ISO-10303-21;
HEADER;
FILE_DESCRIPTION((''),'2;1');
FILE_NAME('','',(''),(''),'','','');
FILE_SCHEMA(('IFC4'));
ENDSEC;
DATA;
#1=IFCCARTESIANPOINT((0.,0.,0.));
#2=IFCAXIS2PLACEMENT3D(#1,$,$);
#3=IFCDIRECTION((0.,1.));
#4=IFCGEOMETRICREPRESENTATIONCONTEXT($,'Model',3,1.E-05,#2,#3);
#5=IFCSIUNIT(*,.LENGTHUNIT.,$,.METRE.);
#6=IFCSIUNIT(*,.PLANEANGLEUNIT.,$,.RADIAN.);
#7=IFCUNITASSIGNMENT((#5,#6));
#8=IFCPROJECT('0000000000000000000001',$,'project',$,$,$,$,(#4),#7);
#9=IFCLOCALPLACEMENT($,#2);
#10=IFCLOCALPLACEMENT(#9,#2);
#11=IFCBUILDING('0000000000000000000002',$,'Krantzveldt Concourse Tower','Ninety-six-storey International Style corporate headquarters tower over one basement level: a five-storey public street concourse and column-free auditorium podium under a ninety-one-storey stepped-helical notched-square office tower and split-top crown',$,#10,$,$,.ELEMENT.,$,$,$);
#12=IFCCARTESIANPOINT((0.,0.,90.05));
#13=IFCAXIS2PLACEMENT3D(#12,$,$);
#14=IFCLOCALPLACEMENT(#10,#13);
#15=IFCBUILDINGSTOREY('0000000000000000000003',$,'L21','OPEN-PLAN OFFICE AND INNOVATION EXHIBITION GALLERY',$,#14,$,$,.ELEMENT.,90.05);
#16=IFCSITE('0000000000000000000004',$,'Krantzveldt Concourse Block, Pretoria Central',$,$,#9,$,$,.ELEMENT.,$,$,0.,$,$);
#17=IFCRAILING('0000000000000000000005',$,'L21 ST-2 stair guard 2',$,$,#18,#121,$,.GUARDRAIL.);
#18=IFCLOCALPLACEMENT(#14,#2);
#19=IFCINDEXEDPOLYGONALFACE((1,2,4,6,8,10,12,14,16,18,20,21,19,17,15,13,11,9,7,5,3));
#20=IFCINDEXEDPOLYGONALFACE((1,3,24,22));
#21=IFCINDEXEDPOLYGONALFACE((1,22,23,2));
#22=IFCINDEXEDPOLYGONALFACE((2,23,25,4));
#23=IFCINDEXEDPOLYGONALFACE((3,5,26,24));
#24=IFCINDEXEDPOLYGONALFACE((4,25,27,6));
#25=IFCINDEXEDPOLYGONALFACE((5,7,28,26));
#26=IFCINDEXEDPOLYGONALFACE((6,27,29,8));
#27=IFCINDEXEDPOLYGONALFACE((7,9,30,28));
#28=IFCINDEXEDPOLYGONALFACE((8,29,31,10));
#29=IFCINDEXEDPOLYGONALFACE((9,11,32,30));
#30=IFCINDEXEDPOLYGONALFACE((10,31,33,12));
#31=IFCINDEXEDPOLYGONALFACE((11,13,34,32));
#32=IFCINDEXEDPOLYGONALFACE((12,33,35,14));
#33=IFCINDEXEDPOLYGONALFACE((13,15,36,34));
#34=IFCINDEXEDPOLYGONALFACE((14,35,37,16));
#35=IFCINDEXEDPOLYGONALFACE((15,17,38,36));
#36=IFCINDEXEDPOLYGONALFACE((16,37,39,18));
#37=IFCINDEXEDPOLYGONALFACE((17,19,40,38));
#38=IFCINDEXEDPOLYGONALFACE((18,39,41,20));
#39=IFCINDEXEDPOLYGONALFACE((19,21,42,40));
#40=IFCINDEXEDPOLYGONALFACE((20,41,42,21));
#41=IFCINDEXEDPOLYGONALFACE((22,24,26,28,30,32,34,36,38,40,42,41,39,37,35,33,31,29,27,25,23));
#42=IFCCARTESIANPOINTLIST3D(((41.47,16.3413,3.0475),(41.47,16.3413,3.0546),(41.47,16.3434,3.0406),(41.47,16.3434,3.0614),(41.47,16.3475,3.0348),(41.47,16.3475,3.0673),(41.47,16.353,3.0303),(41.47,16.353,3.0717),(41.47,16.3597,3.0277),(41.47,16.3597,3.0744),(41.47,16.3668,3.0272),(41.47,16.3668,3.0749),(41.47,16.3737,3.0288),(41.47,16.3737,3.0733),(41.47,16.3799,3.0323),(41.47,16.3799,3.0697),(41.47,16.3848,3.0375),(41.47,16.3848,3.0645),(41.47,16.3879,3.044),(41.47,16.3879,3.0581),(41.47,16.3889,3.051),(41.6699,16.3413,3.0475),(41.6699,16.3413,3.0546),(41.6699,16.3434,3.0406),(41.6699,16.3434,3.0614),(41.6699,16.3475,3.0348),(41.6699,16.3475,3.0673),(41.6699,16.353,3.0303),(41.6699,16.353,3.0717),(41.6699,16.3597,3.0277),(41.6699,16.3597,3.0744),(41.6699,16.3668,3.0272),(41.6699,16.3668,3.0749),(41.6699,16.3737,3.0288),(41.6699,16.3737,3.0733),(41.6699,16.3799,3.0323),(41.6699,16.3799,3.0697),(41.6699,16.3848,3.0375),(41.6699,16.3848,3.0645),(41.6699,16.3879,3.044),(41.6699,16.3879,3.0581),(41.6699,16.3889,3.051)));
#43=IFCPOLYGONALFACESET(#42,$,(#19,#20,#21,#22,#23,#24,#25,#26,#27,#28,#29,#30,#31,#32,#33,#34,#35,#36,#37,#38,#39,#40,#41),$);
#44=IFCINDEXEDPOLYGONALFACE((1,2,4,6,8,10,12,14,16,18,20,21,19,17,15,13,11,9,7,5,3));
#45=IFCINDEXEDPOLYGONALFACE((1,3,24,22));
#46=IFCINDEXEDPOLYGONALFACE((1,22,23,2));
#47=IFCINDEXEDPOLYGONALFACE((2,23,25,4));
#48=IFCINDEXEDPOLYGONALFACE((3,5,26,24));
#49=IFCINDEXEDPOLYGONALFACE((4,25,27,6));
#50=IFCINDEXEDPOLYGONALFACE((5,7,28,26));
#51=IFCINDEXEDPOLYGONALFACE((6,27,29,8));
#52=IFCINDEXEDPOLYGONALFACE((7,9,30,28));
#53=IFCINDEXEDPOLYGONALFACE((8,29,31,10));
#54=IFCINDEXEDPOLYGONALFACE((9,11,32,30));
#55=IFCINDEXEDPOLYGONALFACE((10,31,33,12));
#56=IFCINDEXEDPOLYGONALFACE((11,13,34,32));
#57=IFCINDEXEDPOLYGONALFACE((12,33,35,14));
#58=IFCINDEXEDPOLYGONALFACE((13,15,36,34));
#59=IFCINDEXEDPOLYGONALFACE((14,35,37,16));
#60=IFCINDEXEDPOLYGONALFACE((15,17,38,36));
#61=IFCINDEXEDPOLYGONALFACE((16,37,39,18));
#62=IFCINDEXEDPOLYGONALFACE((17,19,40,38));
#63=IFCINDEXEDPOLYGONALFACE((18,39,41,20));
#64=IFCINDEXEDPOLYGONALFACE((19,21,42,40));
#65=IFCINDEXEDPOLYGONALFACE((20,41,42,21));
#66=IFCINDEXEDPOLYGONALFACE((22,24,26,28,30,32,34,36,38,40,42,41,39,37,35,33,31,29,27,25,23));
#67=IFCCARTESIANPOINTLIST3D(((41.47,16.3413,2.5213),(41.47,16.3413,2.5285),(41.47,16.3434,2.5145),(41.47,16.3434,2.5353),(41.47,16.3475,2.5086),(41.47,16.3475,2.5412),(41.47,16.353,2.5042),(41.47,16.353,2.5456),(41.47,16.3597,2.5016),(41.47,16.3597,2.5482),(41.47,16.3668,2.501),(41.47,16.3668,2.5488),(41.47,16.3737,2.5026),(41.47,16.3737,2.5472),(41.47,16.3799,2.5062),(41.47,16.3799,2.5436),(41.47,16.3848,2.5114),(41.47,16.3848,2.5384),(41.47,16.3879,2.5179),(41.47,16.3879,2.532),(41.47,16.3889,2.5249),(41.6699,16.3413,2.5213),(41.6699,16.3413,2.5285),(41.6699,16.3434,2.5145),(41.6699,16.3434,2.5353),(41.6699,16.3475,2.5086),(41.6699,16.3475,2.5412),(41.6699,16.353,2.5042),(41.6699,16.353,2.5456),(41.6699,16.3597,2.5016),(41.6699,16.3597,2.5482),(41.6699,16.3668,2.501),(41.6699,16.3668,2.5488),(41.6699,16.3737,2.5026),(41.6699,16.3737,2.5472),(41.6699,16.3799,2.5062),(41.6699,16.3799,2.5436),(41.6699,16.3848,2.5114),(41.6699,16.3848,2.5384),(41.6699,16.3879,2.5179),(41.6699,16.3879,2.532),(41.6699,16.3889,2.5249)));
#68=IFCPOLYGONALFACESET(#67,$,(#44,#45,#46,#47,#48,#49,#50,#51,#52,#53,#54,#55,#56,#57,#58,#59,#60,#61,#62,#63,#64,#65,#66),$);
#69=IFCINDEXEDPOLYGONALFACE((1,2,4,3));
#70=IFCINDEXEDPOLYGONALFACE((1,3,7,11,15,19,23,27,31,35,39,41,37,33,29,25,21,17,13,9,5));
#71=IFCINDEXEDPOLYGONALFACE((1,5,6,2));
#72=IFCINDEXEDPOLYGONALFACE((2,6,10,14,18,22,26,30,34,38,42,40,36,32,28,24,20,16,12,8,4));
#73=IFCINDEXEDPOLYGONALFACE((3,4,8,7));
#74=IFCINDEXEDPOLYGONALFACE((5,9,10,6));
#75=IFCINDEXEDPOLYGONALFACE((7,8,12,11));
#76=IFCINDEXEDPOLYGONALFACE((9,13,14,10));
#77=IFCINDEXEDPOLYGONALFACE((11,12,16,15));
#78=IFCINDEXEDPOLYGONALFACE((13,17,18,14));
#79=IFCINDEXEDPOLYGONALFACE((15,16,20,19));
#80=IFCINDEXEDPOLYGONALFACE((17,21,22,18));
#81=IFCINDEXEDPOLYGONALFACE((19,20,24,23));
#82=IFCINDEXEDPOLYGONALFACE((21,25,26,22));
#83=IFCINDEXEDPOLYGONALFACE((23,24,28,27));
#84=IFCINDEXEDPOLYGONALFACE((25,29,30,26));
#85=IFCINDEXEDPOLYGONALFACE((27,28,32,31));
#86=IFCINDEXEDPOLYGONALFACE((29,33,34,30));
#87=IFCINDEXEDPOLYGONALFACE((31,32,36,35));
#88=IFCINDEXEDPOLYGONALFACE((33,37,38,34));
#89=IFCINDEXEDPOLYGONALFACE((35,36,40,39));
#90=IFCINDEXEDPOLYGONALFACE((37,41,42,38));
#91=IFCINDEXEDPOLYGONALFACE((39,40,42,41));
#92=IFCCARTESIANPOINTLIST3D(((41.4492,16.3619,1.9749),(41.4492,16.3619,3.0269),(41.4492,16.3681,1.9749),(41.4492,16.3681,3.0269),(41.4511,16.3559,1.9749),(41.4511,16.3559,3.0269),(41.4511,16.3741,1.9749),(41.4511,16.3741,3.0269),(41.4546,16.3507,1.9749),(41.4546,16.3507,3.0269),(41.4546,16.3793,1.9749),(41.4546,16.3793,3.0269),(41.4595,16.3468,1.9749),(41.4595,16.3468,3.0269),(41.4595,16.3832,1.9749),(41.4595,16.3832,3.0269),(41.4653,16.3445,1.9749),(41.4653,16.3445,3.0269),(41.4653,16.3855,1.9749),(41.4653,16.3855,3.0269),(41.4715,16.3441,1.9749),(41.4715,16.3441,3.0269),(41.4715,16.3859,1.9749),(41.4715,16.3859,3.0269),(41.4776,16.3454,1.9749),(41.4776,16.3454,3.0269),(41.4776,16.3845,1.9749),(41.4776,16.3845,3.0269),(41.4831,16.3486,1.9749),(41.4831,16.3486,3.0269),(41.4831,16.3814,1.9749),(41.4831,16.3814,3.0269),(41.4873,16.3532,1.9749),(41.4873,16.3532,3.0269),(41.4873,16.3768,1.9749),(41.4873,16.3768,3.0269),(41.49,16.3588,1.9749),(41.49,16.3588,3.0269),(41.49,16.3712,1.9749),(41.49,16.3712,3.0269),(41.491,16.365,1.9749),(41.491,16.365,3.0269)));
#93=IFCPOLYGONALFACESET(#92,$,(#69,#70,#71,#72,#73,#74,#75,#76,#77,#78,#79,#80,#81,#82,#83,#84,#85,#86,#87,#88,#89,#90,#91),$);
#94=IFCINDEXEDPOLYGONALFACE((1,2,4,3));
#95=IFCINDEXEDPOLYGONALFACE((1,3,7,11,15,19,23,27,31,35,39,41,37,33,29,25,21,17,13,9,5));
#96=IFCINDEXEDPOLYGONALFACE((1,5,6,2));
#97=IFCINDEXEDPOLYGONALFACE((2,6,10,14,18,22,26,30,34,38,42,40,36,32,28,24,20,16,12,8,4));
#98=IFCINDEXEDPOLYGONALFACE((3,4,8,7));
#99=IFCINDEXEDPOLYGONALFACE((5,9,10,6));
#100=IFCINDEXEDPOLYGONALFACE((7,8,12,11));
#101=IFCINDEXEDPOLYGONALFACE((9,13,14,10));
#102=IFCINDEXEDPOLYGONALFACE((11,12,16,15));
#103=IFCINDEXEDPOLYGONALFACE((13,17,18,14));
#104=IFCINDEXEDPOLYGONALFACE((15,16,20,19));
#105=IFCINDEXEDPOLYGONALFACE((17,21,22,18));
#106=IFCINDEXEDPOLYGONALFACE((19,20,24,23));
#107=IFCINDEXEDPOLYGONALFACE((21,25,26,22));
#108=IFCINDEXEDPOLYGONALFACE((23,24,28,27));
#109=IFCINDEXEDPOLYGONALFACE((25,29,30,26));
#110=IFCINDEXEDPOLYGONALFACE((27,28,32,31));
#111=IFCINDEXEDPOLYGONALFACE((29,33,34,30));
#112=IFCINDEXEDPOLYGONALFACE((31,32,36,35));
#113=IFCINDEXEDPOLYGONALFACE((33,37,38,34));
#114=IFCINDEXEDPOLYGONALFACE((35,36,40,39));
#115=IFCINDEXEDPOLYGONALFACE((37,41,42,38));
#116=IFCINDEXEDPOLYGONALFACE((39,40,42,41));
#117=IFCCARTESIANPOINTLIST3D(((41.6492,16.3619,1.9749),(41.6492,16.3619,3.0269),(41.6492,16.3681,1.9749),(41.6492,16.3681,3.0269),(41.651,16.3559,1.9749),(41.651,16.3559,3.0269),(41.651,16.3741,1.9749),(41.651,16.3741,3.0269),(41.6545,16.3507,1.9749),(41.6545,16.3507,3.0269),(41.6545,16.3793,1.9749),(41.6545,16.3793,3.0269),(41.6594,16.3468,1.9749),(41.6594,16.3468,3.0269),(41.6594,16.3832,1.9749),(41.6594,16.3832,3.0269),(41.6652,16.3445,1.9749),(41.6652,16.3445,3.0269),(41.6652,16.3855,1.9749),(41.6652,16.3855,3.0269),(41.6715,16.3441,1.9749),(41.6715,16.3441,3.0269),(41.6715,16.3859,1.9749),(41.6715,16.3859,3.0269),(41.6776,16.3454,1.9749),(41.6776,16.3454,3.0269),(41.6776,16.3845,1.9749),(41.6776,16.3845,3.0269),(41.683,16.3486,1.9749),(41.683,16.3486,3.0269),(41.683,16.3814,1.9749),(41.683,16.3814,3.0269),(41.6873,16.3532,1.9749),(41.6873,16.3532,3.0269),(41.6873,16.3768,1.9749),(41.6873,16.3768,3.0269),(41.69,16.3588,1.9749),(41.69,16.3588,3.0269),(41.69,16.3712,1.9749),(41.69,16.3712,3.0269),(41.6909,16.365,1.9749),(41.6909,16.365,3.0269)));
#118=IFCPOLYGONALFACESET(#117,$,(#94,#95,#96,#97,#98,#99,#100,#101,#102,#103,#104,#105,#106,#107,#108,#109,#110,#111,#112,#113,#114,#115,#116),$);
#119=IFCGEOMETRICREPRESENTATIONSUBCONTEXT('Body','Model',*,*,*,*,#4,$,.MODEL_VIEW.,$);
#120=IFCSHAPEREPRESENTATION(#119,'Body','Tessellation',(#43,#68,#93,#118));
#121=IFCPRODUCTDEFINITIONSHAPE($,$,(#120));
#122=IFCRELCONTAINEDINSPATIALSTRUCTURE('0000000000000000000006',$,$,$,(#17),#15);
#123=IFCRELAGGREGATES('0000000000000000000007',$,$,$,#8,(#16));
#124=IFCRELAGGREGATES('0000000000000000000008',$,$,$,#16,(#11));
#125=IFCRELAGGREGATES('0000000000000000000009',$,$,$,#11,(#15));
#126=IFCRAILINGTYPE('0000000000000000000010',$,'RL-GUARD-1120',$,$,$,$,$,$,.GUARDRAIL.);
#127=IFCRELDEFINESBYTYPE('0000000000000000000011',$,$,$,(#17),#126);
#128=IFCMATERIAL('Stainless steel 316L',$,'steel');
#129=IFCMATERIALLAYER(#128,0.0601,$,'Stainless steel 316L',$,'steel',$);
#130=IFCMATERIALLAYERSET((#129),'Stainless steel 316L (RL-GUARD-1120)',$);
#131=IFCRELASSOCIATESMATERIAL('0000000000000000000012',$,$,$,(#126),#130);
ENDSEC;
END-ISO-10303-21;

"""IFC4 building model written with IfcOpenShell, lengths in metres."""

from ifc_helpers import new_model, si_unit, direction, frame, origin, origin_2d, place, context, subcontext, project, spatial, circle, extrude, material, layer, layer_set, type_object, element, save


model = new_model("IFC4")

# Units and contexts
model_context = context("Model", 3, precision=1e-05, world=origin(), true_north=direction((0.0, 1.0)))
body_context = subcontext(model_context, "Body", "Model", "MODEL_VIEW")
ifc_project = project(units=[si_unit("LENGTHUNIT", "METRE"), si_unit("PLANEANGLEUNIT", "RADIAN")], contexts=[model_context])

# Site, building, storey
site_placement = place(None, origin())
site = spatial("IfcSite", under=ifc_project, at=site_placement, Name="Krantzveldt Concourse Block, Pretoria Central", CompositionType="ELEMENT", RefElevation=0.0)
building_placement = place(site_placement, origin())
building = spatial("IfcBuilding", under=site, at=building_placement, Name="Krantzveldt Concourse Tower", Description="Ninety-six-storey International Style corporate headquarters tower over one basement level: a five-storey public street concourse and column-free auditorium podium under a ninety-one-storey stepped-helical notched-square office tower and split-top crown", CompositionType="ELEMENT")
storey_placement = place(building_placement, frame((0.0, 0.0, 90.05)))
storey = spatial("IfcBuildingStorey", under=building, at=storey_placement, Name="L21", Description="OPEN-PLAN OFFICE AND INNOVATION EXHIBITION GALLERY", CompositionType="ELEMENT", Elevation=90.05)

# Shared definitions
ifc_material_1 = material(Name="Stainless steel 316L", Category="steel")

# Railing
ifc_layer_1 = layer(ifc_material_1, 0.0601, Name="Stainless steel 316L", Category="steel")
ifc_layer_set_1 = layer_set([ifc_layer_1], Name="Stainless steel 316L (RL-GUARD-1120)")
railing_type_1 = type_object("IfcRailingType", Name="RL-GUARD-1120", PredefinedType="GUARDRAIL", material=ifc_layer_set_1)
railing_1_placement = place(storey_placement, frame((41.47, 16.365, 1.9749)))
element("IfcRailing", 1, at=railing_1_placement, inside=storey, type_object=railing_type_1, Name="L21 ST-2 stair guard 2", PredefinedType="GUARDRAIL", context=body_context, shape_type="SweptSolid", body=[
    extrude(circle(Radius=0.0239, at=origin_2d()), frame((0.0, 0.0, 1.0762), z_axis=(1.0, 0.0, 0.0), x_axis=(0.0, 1.0, 0.0)), (0.0, 0.0, 1.0), 0.2),
    extrude(circle(Radius=0.0239, at=origin_2d()), frame((0.0, 0.0, 0.55), z_axis=(1.0, 0.0, 0.0), x_axis=(0.0, 1.0, 0.0)), (0.0, 0.0, 1.0), 0.2),
    extrude(circle(Radius=0.021, at=origin_2d()), origin(), (0.0, 0.0, 1.0), 1.052),
    extrude(circle(Radius=0.021, at=origin_2d()), frame((0.2, 0.0, 0.0)), (0.0, 0.0, 1.0), 1.052),
])

save(model, "model.ifc")
